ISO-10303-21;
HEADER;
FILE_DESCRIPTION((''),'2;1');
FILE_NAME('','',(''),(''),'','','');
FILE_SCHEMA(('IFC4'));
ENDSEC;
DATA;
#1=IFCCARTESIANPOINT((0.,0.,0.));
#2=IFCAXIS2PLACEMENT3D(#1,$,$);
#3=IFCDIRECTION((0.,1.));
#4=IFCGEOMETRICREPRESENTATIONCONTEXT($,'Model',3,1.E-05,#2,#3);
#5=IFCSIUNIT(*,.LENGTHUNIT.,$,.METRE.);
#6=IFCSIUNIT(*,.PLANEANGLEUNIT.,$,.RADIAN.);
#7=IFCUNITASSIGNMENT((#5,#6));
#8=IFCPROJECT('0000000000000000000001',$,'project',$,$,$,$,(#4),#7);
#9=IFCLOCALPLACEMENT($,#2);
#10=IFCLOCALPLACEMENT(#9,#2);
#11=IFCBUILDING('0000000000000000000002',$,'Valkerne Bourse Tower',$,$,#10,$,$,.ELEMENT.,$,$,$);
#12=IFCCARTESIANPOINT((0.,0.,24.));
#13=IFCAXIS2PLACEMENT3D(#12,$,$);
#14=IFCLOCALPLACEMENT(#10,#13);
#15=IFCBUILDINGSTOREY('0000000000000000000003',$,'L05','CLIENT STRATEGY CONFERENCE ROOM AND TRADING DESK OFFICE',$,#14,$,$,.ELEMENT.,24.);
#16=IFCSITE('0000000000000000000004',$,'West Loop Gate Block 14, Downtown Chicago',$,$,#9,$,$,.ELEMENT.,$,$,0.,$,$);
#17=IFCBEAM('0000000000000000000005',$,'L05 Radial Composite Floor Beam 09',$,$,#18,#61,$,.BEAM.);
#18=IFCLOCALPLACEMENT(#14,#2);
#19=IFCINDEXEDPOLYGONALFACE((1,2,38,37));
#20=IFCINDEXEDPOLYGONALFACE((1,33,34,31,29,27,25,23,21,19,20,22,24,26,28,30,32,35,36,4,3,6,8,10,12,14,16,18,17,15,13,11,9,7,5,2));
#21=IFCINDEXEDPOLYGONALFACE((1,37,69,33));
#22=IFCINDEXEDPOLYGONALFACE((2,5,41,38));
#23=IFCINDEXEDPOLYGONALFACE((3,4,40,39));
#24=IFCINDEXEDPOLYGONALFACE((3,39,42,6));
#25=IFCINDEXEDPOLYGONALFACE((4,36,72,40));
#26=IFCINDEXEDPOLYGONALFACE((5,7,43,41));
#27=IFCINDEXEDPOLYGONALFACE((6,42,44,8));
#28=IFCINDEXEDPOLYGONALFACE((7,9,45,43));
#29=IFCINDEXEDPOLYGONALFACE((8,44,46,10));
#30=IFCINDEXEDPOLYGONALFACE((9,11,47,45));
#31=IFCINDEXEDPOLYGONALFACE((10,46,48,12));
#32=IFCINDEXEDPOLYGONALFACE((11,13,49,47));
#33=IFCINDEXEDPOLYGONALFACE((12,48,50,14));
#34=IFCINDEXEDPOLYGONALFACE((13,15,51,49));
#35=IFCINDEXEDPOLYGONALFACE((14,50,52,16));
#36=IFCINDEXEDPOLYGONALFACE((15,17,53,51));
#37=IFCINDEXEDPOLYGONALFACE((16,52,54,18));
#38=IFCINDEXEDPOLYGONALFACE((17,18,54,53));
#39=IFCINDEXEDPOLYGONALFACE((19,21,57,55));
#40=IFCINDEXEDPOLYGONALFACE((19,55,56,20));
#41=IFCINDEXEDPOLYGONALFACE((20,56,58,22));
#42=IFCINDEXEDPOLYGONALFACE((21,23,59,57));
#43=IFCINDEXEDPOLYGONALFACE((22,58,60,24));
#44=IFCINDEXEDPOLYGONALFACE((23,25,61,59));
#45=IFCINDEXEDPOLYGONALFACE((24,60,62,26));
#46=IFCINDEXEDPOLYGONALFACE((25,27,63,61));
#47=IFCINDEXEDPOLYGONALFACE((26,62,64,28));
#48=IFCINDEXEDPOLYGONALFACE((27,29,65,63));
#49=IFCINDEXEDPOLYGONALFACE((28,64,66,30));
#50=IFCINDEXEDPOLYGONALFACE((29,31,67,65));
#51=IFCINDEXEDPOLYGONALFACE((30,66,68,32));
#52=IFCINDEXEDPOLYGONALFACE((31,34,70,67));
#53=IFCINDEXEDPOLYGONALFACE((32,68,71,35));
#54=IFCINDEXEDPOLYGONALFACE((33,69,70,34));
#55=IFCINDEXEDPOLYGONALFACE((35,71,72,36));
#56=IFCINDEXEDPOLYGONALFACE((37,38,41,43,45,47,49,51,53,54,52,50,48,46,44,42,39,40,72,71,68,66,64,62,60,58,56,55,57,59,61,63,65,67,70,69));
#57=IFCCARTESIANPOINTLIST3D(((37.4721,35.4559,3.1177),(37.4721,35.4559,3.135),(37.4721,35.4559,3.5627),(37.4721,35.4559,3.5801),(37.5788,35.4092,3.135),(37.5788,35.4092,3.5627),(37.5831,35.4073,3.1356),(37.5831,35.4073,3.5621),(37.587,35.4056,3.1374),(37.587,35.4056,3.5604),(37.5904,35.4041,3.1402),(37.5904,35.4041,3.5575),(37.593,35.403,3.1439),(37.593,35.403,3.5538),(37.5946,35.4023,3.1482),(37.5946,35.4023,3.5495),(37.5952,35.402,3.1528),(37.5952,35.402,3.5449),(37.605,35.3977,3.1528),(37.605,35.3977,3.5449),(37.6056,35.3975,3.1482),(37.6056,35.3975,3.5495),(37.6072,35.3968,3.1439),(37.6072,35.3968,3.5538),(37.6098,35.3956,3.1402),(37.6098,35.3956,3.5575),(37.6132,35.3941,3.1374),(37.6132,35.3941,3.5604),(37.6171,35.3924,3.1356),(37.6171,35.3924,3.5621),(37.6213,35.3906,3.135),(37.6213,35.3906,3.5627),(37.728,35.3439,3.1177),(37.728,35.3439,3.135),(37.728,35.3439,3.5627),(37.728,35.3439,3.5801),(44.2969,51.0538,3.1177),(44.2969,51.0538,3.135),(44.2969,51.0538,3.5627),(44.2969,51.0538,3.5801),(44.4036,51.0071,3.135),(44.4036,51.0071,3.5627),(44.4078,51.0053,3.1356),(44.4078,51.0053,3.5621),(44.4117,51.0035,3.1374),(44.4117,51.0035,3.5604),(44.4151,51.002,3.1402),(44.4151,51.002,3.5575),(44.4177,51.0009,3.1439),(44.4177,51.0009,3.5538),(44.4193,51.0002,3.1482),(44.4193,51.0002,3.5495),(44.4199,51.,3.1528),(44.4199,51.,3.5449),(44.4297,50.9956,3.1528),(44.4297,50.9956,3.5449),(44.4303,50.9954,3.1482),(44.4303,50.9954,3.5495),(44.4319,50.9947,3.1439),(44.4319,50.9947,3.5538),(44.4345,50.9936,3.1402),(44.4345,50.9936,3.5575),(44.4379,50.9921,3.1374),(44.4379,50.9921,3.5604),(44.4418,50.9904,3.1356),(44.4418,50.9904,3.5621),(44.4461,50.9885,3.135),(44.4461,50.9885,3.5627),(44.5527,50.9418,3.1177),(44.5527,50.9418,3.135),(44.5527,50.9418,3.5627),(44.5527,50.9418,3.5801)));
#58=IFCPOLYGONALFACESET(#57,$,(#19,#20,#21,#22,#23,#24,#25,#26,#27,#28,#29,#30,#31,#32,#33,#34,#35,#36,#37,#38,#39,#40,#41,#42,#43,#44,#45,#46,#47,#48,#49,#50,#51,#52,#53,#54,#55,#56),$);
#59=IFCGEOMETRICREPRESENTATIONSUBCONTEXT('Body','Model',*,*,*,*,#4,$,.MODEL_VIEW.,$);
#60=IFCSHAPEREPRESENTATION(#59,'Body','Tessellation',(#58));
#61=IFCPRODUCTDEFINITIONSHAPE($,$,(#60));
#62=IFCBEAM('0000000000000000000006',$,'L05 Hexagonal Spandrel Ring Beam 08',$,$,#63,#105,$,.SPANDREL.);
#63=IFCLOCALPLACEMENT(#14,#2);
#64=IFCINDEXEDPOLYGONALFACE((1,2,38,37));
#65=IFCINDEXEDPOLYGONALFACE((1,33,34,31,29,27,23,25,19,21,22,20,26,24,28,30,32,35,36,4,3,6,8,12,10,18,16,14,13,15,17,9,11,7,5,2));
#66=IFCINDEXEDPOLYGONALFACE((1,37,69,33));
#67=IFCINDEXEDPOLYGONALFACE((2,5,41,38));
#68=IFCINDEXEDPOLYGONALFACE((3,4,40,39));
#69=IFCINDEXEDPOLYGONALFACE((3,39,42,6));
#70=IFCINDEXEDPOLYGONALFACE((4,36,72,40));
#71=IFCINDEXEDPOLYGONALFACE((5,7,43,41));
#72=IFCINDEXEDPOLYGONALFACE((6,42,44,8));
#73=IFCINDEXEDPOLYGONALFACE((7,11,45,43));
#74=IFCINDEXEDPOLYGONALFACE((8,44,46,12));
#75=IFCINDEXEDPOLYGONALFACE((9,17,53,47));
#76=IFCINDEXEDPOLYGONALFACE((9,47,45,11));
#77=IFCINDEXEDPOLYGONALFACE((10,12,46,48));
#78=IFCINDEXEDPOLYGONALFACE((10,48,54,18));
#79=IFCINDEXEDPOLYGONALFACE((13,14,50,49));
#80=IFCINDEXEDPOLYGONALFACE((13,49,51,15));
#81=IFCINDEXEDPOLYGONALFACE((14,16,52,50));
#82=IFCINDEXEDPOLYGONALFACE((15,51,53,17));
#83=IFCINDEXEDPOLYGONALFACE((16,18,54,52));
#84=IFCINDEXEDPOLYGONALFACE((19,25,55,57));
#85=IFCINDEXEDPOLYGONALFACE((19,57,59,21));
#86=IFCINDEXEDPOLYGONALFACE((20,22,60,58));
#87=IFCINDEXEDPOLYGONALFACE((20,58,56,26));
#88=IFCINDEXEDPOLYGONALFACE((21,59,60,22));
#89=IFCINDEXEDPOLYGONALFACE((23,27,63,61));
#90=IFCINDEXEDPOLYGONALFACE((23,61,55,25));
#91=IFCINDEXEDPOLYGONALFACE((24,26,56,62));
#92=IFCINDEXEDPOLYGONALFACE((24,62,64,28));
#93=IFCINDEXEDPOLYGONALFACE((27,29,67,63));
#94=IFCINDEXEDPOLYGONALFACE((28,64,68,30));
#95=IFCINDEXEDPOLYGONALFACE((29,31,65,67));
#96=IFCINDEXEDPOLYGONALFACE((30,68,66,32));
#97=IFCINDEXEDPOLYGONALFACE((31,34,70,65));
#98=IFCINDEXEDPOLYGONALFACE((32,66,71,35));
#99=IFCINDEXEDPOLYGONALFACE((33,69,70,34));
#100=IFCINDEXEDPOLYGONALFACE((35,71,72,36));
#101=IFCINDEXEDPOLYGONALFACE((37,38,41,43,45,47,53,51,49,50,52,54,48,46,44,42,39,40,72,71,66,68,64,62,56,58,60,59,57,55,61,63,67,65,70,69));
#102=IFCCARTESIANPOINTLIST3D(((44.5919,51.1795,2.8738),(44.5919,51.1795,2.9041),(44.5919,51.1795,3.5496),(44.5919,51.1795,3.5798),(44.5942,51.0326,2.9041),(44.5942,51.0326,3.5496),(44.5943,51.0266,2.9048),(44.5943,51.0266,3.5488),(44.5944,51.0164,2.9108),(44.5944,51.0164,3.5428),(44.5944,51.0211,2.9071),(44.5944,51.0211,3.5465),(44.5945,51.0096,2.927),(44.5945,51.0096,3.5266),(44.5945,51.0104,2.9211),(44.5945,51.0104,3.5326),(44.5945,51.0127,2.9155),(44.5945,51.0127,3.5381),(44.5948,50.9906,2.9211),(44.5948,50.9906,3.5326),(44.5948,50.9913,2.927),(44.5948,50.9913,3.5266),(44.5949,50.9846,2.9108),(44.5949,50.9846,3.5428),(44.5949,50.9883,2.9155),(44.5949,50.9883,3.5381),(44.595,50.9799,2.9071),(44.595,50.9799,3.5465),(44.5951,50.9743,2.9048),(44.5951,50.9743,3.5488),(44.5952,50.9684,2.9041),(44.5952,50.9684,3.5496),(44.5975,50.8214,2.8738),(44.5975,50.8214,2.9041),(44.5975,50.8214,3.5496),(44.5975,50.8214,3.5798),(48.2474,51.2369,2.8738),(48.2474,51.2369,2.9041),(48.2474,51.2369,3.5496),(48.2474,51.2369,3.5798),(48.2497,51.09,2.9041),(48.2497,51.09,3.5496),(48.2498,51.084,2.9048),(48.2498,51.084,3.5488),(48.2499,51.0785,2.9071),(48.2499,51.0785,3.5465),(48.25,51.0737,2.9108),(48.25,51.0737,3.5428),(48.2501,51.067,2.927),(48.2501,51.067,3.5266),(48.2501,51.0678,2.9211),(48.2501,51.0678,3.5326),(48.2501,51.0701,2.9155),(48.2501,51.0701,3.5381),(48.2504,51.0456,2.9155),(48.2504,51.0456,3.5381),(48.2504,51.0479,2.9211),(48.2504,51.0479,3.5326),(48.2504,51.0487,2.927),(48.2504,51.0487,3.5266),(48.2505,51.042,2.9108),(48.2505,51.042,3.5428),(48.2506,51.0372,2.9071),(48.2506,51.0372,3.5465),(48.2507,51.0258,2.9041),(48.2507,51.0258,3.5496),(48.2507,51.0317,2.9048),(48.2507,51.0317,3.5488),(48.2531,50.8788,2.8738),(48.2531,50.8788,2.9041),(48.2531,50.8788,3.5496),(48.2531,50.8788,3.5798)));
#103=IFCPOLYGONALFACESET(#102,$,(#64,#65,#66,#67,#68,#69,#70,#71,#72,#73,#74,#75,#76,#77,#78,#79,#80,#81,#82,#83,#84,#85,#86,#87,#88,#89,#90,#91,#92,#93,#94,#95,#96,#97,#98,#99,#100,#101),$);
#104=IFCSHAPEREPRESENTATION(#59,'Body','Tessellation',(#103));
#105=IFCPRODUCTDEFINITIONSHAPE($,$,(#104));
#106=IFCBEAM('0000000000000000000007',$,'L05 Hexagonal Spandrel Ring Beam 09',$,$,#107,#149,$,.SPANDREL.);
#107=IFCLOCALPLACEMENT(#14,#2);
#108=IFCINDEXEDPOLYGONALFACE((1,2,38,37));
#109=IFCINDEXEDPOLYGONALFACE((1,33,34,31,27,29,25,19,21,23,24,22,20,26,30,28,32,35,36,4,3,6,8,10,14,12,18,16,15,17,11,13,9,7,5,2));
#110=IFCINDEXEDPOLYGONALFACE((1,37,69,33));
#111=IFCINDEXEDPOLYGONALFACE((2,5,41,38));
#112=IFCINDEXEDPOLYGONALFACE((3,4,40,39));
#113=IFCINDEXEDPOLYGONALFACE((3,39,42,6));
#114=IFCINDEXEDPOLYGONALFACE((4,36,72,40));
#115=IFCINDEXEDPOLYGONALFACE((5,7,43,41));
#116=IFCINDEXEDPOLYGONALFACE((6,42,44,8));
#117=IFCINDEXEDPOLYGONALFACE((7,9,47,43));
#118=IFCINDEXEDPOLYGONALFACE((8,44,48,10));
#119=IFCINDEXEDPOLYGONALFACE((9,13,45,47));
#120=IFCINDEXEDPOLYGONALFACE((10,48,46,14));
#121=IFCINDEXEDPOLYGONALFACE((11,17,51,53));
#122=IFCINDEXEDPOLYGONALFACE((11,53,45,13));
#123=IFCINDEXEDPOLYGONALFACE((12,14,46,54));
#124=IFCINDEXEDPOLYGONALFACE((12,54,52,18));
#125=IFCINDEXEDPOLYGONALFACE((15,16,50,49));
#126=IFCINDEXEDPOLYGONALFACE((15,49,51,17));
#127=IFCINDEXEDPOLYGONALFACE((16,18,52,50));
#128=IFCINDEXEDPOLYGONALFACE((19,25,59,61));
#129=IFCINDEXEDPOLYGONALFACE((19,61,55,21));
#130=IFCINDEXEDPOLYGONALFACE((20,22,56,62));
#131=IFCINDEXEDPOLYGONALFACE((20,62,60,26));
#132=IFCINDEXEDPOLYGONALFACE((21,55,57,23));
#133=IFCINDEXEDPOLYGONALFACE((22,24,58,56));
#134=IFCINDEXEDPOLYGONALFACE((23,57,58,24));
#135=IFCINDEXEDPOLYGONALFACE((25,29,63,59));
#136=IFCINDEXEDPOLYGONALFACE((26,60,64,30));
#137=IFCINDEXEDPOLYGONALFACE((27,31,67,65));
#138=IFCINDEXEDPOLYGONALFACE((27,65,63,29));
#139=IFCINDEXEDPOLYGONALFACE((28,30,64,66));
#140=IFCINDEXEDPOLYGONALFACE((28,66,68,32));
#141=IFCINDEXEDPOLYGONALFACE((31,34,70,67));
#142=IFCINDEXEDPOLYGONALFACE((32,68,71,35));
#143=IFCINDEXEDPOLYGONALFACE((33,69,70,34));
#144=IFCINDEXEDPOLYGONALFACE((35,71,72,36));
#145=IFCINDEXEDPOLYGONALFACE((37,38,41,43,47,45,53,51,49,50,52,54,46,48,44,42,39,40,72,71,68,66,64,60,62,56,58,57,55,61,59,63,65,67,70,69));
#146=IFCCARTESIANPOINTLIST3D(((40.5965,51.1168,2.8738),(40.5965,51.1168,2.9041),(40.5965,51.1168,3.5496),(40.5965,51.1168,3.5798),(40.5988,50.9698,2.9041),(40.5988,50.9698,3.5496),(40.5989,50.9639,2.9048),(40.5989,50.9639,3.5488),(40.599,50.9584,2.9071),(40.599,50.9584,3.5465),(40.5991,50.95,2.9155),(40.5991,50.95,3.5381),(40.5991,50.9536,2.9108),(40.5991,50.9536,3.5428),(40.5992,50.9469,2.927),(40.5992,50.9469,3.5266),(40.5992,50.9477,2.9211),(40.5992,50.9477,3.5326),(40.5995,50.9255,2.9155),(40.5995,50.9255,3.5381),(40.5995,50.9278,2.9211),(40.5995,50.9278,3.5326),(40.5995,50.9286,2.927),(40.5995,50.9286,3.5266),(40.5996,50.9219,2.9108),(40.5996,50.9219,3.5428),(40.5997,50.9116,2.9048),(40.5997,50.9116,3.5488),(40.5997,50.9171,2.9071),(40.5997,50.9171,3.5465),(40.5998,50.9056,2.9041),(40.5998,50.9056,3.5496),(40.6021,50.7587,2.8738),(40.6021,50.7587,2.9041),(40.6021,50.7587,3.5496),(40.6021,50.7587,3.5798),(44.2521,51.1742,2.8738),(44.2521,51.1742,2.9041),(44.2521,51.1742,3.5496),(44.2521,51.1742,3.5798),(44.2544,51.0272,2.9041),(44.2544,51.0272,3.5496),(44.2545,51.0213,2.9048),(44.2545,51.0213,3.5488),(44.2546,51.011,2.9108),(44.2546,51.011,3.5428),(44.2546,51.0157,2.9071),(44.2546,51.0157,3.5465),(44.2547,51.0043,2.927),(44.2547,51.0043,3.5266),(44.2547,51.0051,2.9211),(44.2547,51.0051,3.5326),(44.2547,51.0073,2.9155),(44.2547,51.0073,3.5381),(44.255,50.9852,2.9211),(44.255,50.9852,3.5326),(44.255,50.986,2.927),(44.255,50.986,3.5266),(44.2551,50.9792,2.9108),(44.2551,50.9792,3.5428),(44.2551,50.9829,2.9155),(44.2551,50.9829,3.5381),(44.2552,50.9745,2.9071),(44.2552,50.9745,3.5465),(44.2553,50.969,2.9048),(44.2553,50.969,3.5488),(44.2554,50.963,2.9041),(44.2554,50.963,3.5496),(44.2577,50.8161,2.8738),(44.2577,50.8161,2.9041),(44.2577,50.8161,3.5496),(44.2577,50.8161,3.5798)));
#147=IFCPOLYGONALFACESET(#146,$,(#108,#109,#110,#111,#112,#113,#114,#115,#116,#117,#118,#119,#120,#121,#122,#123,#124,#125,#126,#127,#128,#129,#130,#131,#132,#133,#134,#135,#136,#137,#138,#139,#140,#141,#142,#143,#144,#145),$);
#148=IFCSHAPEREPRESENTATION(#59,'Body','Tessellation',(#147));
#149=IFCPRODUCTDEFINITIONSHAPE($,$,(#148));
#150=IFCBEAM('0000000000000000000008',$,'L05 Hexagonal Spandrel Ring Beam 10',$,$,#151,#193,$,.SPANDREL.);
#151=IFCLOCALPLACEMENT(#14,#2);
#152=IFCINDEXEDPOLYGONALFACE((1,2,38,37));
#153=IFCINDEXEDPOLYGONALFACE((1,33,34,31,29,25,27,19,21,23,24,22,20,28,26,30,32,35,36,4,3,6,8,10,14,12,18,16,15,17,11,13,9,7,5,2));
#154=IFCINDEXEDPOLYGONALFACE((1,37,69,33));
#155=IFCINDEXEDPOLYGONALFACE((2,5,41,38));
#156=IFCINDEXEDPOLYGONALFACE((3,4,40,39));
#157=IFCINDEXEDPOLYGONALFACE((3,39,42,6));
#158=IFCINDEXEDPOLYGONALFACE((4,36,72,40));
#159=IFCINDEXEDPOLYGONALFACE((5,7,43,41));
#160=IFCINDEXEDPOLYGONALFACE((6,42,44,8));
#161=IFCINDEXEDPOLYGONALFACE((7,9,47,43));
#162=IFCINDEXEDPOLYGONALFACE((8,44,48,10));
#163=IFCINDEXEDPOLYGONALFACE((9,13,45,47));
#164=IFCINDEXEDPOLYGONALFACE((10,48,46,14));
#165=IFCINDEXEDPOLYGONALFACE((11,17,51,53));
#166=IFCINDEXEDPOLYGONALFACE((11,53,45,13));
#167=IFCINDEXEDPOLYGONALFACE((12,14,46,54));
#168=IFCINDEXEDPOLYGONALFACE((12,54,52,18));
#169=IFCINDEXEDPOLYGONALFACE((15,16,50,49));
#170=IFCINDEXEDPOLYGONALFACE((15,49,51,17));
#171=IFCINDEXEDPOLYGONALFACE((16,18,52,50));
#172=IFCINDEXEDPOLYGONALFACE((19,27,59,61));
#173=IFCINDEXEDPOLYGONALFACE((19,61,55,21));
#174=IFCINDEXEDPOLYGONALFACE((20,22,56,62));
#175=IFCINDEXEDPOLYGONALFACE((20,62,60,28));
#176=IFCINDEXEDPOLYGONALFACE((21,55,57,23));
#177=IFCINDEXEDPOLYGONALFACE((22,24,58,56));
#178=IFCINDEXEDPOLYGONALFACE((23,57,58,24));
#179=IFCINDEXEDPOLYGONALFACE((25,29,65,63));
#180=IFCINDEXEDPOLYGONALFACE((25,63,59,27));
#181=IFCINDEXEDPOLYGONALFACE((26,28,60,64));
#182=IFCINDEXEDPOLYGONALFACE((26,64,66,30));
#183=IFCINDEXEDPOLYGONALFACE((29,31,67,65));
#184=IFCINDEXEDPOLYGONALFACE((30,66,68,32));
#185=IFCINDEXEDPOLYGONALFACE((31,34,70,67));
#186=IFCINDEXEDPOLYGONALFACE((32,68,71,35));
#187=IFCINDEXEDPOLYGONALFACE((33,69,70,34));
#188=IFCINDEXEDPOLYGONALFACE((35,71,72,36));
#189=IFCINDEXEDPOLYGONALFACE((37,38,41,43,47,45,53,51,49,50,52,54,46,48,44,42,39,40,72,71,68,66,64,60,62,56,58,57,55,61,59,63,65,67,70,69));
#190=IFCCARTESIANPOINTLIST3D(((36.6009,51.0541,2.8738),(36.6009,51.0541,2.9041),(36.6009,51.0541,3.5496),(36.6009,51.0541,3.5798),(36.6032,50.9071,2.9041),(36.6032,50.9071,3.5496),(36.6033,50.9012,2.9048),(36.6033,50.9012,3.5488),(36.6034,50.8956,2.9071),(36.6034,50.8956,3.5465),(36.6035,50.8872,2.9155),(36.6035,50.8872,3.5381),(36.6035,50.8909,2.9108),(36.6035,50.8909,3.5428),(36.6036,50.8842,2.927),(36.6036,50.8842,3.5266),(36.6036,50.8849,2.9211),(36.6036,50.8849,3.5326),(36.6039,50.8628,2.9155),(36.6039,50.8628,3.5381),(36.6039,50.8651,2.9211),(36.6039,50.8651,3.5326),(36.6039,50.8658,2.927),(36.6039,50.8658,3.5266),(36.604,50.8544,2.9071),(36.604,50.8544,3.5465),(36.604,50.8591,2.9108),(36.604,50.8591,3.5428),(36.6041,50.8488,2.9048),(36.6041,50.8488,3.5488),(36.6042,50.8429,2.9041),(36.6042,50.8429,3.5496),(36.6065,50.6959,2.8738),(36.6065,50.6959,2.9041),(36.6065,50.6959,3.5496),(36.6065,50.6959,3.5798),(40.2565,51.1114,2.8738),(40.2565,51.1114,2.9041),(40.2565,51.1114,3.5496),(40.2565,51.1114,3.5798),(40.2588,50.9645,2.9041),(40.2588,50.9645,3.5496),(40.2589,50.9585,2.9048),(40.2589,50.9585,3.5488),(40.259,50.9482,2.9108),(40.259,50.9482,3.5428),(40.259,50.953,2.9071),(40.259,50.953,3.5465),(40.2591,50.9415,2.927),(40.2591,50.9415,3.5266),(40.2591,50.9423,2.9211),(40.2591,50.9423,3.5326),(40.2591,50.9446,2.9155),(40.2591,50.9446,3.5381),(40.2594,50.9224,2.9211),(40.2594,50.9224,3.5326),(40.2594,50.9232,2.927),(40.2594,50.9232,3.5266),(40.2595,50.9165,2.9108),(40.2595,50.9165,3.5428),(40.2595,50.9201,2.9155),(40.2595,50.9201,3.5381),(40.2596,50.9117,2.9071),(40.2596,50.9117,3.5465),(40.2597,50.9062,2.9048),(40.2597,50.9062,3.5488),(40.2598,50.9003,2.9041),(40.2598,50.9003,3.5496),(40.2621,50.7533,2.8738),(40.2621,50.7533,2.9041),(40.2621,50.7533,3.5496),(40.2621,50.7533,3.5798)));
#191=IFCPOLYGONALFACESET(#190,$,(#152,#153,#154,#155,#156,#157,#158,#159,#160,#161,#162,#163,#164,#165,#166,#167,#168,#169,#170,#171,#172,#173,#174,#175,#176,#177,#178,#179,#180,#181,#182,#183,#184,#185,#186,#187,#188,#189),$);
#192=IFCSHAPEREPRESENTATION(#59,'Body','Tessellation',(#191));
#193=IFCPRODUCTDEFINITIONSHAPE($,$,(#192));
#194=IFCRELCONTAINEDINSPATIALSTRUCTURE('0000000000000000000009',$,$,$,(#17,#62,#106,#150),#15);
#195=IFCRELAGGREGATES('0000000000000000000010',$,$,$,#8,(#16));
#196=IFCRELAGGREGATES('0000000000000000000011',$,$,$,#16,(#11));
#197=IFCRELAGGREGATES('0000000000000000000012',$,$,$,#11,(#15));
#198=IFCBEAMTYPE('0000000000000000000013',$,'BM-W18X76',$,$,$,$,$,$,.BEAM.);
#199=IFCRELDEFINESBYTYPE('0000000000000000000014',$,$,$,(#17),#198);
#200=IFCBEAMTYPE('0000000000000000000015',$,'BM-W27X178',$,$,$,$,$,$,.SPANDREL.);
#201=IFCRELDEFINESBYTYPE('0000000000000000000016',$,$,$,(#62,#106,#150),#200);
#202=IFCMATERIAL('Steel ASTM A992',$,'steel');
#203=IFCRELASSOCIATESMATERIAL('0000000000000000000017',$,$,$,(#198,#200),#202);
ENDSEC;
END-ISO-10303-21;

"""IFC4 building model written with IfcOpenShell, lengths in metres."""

from ifc_helpers import new_model, si_unit, direction, frame, origin, origin_2d, place, context, subcontext, project, spatial, i_section, extrude, material, material_profile, profile_set, type_object, element, save


model = new_model("IFC4")

# Units and contexts
model_context = context("Model", 3, precision=1e-05, world=origin(), true_north=direction((0.0, 1.0)))
body_context = subcontext(model_context, "Body", "Model", "MODEL_VIEW")
ifc_project = project(units=[si_unit("LENGTHUNIT", "METRE"), si_unit("PLANEANGLEUNIT", "RADIAN")], contexts=[model_context])

# Site, building, storey
site_placement = place(None, origin())
site = spatial("IfcSite", under=ifc_project, at=site_placement, Name="West Loop Gate Block 14, Downtown Chicago", CompositionType="ELEMENT", RefElevation=0.0)
building_placement = place(site_placement, origin())
building = spatial("IfcBuilding", under=site, at=building_placement, Name="Valkerne Bourse Tower", CompositionType="ELEMENT")
storey_placement = place(building_placement, frame((0.0, 0.0, 24.0)))
storey = spatial("IfcBuildingStorey", under=building, at=storey_placement, Name="L05", Description="CLIENT STRATEGY CONFERENCE ROOM AND TRADING DESK OFFICE", CompositionType="ELEMENT", Elevation=24.0)

# Beams
ifc_material_1 = material(Name="Steel ASTM A992", Category="steel")
ifc_material_profile_1 = material_profile(ifc_material_1, i_section(OverallWidth=0.2793, OverallDepth=0.4624, WebThickness=0.0107, FlangeThickness=0.0173, FilletRadius=0.0178, at=origin_2d()), Name="W18X76")
ifc_profile_set_1 = profile_set([ifc_material_profile_1], Name="Steel ASTM A992")
beam_type_1 = type_object("IfcBeamType", Name="BM-W18X76", PredefinedType="BEAM", material=ifc_profile_set_1)
beam_1_placement = place(storey_placement, frame((44.4248, 50.9978, 3.3489), z_axis=(-0.40085, -0.916144, 0.0), x_axis=(0.916144, -0.40085, 0.0)))
element("IfcBeam", 1, at=beam_1_placement, inside=storey, type_object=beam_type_1, Name="L05 Radial Composite Floor Beam 09", PredefinedType="BEAM", context=body_context, shape_type="SweptSolid", body=[
    extrude(i_section(OverallWidth=0.2793, OverallDepth=0.4624, WebThickness=0.0107, FlangeThickness=0.0173, FilletRadius=0.0178, at=origin_2d()), origin(), (0.0, 0.0, 1.0), 17.0256),
])
ifc_material_profile_2 = material_profile(ifc_material_1, i_section(OverallWidth=0.3582, OverallDepth=0.7061, WebThickness=0.0183, FlangeThickness=0.0303, FilletRadius=0.0229, at=origin_2d()), Name="W27X178")
ifc_profile_set_2 = profile_set([ifc_material_profile_2], Name="Steel ASTM A992")
beam_type_2 = type_object("IfcBeamType", Name="BM-W27X178", PredefinedType="SPANDREL", material=ifc_profile_set_2)
for number, where, z_axis, x_axis, name in (
    (2, (48.2502, 51.0579, 3.2268), (-0.999877, -0.015693, 0.0), (0.015693, -0.999877, 0.0), "L05 Hexagonal Spandrel Ring Beam 08"),
    (3, (44.2549, 50.9951, 3.2268), (-0.999877, -0.015693, 0.0), (0.015693, -0.999877, 0.0), "L05 Hexagonal Spandrel Ring Beam 09"),
    (4, (40.2593, 50.9324, 3.2268), (-0.999877, -0.015693, 0.0), (0.015693, -0.999877, 0.0), "L05 Hexagonal Spandrel Ring Beam 10"),
):
    element("IfcBeam", number, at=place(storey_placement, frame(where, z_axis=z_axis, x_axis=x_axis)), inside=storey, type_object=beam_type_2, Name=name, PredefinedType="SPANDREL", context=body_context, shape_type="SweptSolid", body=[
        extrude(i_section(OverallWidth=0.3582, OverallDepth=0.7061, WebThickness=0.0183, FlangeThickness=0.0303, FilletRadius=0.0229, at=origin_2d()), origin(), (0.0, 0.0, 1.0), 3.656),
    ])

save(model, "model.ifc")
